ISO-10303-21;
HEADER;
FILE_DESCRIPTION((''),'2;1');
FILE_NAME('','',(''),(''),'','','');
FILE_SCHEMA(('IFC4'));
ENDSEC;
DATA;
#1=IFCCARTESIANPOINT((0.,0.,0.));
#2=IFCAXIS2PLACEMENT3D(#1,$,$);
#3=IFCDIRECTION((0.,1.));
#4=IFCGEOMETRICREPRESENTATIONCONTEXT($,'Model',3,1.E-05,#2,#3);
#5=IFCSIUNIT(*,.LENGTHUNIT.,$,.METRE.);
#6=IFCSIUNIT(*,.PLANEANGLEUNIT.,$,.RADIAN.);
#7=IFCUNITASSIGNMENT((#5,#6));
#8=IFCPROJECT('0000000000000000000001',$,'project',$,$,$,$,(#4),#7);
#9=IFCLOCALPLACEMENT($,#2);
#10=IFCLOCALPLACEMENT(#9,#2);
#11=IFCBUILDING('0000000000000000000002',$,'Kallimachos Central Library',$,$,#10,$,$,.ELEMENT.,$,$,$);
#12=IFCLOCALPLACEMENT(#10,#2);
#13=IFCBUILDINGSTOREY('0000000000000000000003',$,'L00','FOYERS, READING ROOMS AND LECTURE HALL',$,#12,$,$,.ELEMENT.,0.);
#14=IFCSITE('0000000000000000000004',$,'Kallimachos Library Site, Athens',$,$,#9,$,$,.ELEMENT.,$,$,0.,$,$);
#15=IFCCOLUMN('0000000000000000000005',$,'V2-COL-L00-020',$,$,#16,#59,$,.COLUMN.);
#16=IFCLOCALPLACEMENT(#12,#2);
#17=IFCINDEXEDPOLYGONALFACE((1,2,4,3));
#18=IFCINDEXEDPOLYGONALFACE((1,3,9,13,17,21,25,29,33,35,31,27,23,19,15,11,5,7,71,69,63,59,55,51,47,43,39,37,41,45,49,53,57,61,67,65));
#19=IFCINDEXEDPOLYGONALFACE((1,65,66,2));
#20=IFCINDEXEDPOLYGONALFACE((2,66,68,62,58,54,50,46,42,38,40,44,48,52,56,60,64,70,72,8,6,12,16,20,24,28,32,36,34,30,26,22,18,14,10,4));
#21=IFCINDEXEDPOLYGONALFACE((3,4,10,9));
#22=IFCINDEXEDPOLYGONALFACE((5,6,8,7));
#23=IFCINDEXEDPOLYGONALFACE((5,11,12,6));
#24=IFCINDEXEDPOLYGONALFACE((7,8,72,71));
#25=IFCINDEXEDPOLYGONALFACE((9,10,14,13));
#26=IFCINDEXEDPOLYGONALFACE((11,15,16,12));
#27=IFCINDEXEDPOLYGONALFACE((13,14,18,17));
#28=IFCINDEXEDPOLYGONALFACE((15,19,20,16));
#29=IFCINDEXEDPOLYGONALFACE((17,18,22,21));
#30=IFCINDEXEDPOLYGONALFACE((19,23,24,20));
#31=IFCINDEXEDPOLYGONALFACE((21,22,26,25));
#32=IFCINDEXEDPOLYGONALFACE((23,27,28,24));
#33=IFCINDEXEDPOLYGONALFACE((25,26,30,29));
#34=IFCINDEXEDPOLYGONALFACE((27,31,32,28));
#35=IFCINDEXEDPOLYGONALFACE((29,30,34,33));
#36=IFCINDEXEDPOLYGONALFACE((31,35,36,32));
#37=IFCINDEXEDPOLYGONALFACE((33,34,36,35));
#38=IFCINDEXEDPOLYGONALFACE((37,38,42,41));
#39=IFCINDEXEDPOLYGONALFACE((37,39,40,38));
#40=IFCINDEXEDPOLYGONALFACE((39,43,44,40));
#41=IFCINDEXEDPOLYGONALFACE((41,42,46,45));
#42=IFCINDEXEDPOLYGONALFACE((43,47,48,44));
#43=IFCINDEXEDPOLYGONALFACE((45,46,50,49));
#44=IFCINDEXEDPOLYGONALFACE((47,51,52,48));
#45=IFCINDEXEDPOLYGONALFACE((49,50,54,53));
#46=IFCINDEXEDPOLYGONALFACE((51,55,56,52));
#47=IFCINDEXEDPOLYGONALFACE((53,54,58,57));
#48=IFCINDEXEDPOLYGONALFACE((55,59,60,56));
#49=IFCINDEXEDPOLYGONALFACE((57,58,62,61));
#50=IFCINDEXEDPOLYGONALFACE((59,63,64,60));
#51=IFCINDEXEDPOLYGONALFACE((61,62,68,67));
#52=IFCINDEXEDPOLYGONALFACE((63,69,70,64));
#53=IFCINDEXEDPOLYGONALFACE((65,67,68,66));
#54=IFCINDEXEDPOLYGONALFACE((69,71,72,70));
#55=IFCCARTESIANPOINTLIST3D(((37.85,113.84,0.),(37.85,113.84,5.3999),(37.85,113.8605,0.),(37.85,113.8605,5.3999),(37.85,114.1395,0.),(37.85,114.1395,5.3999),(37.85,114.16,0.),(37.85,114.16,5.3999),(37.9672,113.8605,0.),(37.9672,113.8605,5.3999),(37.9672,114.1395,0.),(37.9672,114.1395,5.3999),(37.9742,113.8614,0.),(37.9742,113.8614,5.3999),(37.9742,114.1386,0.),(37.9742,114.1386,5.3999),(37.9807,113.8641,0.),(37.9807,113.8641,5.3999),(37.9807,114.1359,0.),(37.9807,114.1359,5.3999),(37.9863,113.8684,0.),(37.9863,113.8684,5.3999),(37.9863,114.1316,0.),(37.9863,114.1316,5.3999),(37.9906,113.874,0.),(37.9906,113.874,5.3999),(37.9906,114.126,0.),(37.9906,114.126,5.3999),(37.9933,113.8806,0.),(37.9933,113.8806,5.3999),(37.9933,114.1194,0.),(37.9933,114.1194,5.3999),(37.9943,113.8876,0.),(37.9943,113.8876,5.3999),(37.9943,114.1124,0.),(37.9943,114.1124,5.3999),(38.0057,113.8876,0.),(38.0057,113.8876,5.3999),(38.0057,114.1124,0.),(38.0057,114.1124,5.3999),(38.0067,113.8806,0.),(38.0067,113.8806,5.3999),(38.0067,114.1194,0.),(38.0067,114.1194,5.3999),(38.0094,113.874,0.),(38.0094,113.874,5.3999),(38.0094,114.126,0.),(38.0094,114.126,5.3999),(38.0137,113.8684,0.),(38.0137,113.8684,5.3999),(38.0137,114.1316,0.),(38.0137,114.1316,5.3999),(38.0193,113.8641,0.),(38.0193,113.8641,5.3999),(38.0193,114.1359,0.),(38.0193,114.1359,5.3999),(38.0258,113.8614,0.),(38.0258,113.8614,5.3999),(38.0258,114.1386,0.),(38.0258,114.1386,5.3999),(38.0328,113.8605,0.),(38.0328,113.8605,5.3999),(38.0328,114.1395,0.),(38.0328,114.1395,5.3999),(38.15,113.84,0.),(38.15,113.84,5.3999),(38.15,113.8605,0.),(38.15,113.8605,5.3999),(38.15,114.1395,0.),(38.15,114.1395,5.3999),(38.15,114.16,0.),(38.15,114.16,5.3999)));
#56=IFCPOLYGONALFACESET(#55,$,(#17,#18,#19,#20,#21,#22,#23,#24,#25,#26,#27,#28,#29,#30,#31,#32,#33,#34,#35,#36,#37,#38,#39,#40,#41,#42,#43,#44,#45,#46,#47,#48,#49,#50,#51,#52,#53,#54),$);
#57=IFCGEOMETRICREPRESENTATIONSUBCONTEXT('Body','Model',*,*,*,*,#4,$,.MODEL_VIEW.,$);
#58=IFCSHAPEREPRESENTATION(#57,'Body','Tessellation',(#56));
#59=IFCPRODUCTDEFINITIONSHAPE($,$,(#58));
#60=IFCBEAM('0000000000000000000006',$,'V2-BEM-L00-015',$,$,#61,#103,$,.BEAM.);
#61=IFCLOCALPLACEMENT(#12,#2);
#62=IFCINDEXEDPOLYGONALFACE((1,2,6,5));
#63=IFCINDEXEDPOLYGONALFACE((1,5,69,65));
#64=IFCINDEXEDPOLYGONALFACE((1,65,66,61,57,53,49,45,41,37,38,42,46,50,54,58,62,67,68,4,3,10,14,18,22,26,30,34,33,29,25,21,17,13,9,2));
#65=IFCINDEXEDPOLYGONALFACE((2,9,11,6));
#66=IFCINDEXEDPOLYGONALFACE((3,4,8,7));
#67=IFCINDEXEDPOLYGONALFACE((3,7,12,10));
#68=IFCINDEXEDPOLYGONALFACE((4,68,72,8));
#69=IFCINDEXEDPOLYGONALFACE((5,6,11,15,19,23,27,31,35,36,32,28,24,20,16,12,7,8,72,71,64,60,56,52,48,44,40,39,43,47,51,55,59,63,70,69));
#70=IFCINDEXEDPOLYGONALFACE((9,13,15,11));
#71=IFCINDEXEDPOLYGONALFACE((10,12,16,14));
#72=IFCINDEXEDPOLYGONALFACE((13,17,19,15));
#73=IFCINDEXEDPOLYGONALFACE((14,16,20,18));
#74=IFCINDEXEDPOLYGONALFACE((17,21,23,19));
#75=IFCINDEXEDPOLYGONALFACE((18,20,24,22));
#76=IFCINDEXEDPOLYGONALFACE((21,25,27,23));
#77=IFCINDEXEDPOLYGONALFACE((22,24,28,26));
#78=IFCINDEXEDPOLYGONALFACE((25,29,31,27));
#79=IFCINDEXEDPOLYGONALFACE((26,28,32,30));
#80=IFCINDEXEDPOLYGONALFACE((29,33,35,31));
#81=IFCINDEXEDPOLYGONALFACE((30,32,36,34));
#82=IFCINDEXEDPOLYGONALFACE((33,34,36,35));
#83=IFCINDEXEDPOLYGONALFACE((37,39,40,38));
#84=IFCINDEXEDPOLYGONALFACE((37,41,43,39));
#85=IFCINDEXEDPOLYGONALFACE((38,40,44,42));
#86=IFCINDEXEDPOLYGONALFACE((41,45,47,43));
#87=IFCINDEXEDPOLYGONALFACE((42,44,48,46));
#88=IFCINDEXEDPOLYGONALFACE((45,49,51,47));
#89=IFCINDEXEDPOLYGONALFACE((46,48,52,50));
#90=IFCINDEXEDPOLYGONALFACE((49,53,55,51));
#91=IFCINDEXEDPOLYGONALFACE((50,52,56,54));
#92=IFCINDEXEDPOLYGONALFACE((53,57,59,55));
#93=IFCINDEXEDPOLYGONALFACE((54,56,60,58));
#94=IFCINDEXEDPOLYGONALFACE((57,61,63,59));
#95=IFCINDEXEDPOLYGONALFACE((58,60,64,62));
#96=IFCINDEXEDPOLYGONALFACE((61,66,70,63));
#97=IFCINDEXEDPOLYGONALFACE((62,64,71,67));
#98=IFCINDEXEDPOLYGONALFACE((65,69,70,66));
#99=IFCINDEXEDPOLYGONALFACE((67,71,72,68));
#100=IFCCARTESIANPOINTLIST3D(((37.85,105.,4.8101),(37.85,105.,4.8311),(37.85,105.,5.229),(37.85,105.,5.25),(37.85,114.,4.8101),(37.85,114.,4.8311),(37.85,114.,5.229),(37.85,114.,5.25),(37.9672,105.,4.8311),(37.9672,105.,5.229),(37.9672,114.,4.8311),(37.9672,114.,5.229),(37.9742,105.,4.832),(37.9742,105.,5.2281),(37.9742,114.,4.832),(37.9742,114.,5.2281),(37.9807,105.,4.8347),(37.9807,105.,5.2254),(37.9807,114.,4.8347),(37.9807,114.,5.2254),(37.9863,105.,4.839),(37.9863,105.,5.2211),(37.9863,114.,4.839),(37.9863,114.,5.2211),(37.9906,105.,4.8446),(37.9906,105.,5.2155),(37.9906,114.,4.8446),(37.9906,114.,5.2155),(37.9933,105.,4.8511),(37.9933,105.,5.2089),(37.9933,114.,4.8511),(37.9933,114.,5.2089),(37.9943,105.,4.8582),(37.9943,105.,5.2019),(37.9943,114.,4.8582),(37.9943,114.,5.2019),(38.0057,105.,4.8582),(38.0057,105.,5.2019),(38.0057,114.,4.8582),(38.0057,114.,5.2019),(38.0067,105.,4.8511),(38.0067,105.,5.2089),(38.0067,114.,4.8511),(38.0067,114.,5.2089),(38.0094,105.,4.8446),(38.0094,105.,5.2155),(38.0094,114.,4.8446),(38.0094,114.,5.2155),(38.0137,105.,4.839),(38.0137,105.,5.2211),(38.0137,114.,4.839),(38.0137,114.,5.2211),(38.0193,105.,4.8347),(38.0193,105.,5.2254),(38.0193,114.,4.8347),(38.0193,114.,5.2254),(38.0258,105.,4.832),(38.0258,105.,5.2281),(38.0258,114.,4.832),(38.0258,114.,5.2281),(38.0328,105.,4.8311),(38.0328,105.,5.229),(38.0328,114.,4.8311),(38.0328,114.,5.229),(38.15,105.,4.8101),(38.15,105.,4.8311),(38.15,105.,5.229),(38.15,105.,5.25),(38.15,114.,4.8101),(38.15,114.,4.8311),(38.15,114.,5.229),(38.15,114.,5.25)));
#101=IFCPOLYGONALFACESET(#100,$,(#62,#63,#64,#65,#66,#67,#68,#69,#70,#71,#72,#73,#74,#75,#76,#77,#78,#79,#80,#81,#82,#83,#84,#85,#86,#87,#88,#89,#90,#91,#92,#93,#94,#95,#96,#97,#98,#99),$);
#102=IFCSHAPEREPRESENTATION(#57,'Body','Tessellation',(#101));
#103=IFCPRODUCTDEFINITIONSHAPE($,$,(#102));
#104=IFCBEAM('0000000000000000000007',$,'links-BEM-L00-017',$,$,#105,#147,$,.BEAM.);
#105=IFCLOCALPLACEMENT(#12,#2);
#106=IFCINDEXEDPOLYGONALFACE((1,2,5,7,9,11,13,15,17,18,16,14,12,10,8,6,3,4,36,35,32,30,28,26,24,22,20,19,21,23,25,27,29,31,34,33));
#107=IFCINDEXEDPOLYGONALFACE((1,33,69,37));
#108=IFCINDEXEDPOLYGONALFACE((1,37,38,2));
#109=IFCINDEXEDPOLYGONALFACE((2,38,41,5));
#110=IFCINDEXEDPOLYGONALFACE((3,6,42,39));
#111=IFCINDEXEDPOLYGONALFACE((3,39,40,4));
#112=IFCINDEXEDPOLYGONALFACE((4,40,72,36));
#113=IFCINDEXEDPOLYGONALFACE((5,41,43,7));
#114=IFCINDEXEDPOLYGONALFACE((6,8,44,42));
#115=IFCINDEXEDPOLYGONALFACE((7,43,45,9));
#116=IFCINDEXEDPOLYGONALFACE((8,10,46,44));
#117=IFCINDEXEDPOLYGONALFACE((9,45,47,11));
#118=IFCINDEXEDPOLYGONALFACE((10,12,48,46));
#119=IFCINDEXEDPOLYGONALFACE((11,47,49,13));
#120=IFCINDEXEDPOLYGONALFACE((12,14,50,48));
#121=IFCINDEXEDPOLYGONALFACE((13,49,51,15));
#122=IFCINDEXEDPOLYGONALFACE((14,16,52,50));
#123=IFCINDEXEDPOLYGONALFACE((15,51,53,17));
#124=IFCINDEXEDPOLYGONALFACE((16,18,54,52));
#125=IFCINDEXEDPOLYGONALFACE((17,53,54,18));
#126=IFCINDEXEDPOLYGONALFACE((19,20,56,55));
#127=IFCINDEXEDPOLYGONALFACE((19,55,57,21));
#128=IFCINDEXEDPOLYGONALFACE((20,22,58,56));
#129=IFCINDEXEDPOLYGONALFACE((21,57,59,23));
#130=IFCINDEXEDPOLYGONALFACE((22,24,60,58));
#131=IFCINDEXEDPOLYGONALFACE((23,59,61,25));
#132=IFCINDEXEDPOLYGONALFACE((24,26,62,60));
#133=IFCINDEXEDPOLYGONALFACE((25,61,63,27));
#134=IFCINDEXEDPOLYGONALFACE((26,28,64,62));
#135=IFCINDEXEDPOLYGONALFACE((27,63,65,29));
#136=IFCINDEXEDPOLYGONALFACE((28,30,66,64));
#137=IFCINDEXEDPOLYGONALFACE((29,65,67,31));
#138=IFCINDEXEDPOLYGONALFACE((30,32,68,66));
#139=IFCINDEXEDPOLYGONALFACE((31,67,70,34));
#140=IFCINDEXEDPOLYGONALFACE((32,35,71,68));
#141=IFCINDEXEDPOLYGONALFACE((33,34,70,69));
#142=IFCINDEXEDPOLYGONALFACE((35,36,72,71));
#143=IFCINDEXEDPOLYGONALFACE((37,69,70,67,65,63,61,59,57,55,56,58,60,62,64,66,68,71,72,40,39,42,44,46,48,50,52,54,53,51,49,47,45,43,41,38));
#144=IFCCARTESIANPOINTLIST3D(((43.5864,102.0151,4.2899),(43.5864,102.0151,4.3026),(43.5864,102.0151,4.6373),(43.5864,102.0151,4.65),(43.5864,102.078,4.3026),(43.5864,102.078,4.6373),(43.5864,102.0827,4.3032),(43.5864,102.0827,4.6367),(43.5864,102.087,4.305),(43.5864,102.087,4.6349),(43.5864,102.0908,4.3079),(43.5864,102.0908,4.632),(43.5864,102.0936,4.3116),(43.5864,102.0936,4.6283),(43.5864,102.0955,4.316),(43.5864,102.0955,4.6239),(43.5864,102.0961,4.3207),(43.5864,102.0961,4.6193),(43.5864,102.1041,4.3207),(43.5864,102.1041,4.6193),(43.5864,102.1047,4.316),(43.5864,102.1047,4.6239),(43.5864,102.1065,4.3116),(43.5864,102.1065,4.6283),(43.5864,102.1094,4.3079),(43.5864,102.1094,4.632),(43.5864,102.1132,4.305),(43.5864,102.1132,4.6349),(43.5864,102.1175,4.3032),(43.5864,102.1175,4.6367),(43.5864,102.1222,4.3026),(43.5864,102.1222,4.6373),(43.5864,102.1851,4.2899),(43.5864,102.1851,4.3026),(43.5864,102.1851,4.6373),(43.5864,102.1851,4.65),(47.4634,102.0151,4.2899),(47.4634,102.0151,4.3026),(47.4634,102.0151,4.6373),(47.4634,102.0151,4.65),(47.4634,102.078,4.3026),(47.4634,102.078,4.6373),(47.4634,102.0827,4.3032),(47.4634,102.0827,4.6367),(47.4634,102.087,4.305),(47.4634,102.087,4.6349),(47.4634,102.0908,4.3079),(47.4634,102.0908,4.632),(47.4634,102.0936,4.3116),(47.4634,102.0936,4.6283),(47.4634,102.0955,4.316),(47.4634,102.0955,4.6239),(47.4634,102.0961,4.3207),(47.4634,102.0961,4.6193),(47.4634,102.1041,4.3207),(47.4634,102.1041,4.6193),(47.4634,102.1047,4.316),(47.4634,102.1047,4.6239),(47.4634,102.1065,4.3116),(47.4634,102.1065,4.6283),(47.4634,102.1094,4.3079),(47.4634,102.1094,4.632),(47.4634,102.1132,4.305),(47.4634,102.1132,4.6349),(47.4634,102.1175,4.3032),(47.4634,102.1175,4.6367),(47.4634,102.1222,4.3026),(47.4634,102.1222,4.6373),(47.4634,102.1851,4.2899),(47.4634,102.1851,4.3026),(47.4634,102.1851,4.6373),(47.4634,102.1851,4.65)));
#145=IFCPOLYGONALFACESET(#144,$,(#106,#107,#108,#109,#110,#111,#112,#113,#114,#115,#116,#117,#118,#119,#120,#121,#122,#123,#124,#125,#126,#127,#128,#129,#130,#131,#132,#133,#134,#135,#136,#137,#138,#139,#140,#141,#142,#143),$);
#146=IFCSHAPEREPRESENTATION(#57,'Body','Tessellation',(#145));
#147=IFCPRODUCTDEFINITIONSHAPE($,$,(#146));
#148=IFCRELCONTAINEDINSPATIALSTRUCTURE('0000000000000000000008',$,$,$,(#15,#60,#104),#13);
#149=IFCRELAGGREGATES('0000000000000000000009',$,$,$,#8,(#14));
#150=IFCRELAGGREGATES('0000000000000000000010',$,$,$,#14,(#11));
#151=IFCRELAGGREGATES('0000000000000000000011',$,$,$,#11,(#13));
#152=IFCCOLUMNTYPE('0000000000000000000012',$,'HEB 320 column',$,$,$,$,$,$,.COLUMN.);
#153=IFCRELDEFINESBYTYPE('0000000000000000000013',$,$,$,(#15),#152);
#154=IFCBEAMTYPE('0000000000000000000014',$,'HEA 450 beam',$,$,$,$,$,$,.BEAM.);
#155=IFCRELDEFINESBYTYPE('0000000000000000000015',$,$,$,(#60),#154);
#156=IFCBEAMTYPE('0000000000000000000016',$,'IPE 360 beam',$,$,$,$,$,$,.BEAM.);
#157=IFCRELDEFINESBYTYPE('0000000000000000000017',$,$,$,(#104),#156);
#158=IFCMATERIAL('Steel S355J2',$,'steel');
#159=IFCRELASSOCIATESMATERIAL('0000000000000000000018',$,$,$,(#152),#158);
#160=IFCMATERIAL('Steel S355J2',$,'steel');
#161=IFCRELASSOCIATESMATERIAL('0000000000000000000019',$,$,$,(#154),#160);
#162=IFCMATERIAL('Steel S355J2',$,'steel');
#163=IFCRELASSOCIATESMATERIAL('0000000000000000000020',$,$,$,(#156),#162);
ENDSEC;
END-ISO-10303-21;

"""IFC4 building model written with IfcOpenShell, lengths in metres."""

from ifc_helpers import new_model, si_unit, direction, frame, origin, origin_2d, place, context, subcontext, project, spatial, i_section, extrude, material, material_profile, profile_set, type_object, element, save


model = new_model("IFC4")

# Units and contexts
model_context = context("Model", 3, precision=1e-05, world=origin(), true_north=direction((0.0, 1.0)))
body_context = subcontext(model_context, "Body", "Model", "MODEL_VIEW")
ifc_project = project(units=[si_unit("LENGTHUNIT", "METRE"), si_unit("PLANEANGLEUNIT", "RADIAN")], contexts=[model_context])

# Site, building, storey
site_placement = place(None, origin())
site = spatial("IfcSite", under=ifc_project, at=site_placement, Name="Kallimachos Library Site, Athens", CompositionType="ELEMENT", RefElevation=0.0)
building_placement = place(site_placement, origin())
building = spatial("IfcBuilding", under=site, at=building_placement, Name="Kallimachos Central Library", CompositionType="ELEMENT")
storey_placement = place(building_placement, origin())
storey = spatial("IfcBuildingStorey", under=building, at=storey_placement, Name="L00", Description="FOYERS, READING ROOMS AND LECTURE HALL", CompositionType="ELEMENT", Elevation=0.0)

# Column
ifc_material_1 = material(Name="Steel S355J2", Category="steel")
ifc_material_profile_1 = material_profile(ifc_material_1, i_section(OverallWidth=0.3, OverallDepth=0.3201, WebThickness=0.0115, FlangeThickness=0.0205, FilletRadius=0.0271, at=origin_2d()), Name="HEB 320")
ifc_profile_set_1 = profile_set([ifc_material_profile_1], Name="Steel S355J2")
column_type_1 = type_object("IfcColumnType", Name="HEB 320 column", PredefinedType="COLUMN", material=ifc_profile_set_1)
for number, where, z_axis, x_axis, name in (
    (1, (38.0, 114.0, 0.0), (0.0, 0.0, 1.0), (1.0, 0.0, 0.0), "V2-COL-L00-020"),
):
    element("IfcColumn", number, at=place(storey_placement, frame(where, z_axis=z_axis, x_axis=x_axis)), inside=storey, type_object=column_type_1, Name=name, PredefinedType="COLUMN", context=body_context, shape_type="SweptSolid", body=[
        extrude(i_section(OverallWidth=0.3, OverallDepth=0.3201, WebThickness=0.0115, FlangeThickness=0.0205, FilletRadius=0.0271, at=origin_2d()), origin(), (0.0, 0.0, 1.0), 5.3999),
    ])

# Beams
ifc_material_2 = material(Name="Steel S355J2", Category="steel")
ifc_material_profile_2 = material_profile(ifc_material_2, i_section(OverallWidth=0.3, OverallDepth=0.4399, WebThickness=0.0115, FlangeThickness=0.021, FilletRadius=0.0271, at=origin_2d()), Name="HEA 450")
ifc_profile_set_2 = profile_set([ifc_material_profile_2], Name="Steel S355J2")
beam_type_1 = type_object("IfcBeamType", Name="HEA 450 beam", PredefinedType="BEAM", material=ifc_profile_set_2)
beam_1_placement = place(storey_placement, frame((38.0, 105.0, 5.03), z_axis=(0.0, 1.0, 0.0), x_axis=(-1.0, 0.0, 0.0)))
element("IfcBeam", 2, at=beam_1_placement, inside=storey, type_object=beam_type_1, Name="V2-BEM-L00-015", PredefinedType="BEAM", context=body_context, shape_type="SweptSolid", body=[
    extrude(i_section(OverallWidth=0.3, OverallDepth=0.4399, WebThickness=0.0115, FlangeThickness=0.021, FilletRadius=0.0271, at=origin_2d()), origin(), (0.0, 0.0, 1.0), 9.0),
])
ifc_material_3 = material(Name="Steel S355J2", Category="steel")
ifc_material_profile_3 = material_profile(ifc_material_3, i_section(OverallWidth=0.1699, OverallDepth=0.3601, WebThickness=0.0081, FlangeThickness=0.0127, FilletRadius=0.0181, at=origin_2d()), Name="IPE 360")
ifc_profile_set_3 = profile_set([ifc_material_profile_3], Name="Steel S355J2")
beam_type_2 = type_object("IfcBeamType", Name="IPE 360 beam", PredefinedType="BEAM", material=ifc_profile_set_3)
beam_2_placement = place(storey_placement, frame((43.5864, 102.1001, 4.47), z_axis=(1.0, 0.0, 0.0), x_axis=(0.0, 1.0, 0.0)))
element("IfcBeam", 3, at=beam_2_placement, inside=storey, type_object=beam_type_2, Name="links-BEM-L00-017", PredefinedType="BEAM", context=body_context, shape_type="SweptSolid", body=[
    extrude(i_section(OverallWidth=0.1699, OverallDepth=0.3601, WebThickness=0.0081, FlangeThickness=0.0127, FilletRadius=0.0181, at=origin_2d()), origin(), (0.0, 0.0, 1.0), 3.877),
])

save(model, "model.ifc")
